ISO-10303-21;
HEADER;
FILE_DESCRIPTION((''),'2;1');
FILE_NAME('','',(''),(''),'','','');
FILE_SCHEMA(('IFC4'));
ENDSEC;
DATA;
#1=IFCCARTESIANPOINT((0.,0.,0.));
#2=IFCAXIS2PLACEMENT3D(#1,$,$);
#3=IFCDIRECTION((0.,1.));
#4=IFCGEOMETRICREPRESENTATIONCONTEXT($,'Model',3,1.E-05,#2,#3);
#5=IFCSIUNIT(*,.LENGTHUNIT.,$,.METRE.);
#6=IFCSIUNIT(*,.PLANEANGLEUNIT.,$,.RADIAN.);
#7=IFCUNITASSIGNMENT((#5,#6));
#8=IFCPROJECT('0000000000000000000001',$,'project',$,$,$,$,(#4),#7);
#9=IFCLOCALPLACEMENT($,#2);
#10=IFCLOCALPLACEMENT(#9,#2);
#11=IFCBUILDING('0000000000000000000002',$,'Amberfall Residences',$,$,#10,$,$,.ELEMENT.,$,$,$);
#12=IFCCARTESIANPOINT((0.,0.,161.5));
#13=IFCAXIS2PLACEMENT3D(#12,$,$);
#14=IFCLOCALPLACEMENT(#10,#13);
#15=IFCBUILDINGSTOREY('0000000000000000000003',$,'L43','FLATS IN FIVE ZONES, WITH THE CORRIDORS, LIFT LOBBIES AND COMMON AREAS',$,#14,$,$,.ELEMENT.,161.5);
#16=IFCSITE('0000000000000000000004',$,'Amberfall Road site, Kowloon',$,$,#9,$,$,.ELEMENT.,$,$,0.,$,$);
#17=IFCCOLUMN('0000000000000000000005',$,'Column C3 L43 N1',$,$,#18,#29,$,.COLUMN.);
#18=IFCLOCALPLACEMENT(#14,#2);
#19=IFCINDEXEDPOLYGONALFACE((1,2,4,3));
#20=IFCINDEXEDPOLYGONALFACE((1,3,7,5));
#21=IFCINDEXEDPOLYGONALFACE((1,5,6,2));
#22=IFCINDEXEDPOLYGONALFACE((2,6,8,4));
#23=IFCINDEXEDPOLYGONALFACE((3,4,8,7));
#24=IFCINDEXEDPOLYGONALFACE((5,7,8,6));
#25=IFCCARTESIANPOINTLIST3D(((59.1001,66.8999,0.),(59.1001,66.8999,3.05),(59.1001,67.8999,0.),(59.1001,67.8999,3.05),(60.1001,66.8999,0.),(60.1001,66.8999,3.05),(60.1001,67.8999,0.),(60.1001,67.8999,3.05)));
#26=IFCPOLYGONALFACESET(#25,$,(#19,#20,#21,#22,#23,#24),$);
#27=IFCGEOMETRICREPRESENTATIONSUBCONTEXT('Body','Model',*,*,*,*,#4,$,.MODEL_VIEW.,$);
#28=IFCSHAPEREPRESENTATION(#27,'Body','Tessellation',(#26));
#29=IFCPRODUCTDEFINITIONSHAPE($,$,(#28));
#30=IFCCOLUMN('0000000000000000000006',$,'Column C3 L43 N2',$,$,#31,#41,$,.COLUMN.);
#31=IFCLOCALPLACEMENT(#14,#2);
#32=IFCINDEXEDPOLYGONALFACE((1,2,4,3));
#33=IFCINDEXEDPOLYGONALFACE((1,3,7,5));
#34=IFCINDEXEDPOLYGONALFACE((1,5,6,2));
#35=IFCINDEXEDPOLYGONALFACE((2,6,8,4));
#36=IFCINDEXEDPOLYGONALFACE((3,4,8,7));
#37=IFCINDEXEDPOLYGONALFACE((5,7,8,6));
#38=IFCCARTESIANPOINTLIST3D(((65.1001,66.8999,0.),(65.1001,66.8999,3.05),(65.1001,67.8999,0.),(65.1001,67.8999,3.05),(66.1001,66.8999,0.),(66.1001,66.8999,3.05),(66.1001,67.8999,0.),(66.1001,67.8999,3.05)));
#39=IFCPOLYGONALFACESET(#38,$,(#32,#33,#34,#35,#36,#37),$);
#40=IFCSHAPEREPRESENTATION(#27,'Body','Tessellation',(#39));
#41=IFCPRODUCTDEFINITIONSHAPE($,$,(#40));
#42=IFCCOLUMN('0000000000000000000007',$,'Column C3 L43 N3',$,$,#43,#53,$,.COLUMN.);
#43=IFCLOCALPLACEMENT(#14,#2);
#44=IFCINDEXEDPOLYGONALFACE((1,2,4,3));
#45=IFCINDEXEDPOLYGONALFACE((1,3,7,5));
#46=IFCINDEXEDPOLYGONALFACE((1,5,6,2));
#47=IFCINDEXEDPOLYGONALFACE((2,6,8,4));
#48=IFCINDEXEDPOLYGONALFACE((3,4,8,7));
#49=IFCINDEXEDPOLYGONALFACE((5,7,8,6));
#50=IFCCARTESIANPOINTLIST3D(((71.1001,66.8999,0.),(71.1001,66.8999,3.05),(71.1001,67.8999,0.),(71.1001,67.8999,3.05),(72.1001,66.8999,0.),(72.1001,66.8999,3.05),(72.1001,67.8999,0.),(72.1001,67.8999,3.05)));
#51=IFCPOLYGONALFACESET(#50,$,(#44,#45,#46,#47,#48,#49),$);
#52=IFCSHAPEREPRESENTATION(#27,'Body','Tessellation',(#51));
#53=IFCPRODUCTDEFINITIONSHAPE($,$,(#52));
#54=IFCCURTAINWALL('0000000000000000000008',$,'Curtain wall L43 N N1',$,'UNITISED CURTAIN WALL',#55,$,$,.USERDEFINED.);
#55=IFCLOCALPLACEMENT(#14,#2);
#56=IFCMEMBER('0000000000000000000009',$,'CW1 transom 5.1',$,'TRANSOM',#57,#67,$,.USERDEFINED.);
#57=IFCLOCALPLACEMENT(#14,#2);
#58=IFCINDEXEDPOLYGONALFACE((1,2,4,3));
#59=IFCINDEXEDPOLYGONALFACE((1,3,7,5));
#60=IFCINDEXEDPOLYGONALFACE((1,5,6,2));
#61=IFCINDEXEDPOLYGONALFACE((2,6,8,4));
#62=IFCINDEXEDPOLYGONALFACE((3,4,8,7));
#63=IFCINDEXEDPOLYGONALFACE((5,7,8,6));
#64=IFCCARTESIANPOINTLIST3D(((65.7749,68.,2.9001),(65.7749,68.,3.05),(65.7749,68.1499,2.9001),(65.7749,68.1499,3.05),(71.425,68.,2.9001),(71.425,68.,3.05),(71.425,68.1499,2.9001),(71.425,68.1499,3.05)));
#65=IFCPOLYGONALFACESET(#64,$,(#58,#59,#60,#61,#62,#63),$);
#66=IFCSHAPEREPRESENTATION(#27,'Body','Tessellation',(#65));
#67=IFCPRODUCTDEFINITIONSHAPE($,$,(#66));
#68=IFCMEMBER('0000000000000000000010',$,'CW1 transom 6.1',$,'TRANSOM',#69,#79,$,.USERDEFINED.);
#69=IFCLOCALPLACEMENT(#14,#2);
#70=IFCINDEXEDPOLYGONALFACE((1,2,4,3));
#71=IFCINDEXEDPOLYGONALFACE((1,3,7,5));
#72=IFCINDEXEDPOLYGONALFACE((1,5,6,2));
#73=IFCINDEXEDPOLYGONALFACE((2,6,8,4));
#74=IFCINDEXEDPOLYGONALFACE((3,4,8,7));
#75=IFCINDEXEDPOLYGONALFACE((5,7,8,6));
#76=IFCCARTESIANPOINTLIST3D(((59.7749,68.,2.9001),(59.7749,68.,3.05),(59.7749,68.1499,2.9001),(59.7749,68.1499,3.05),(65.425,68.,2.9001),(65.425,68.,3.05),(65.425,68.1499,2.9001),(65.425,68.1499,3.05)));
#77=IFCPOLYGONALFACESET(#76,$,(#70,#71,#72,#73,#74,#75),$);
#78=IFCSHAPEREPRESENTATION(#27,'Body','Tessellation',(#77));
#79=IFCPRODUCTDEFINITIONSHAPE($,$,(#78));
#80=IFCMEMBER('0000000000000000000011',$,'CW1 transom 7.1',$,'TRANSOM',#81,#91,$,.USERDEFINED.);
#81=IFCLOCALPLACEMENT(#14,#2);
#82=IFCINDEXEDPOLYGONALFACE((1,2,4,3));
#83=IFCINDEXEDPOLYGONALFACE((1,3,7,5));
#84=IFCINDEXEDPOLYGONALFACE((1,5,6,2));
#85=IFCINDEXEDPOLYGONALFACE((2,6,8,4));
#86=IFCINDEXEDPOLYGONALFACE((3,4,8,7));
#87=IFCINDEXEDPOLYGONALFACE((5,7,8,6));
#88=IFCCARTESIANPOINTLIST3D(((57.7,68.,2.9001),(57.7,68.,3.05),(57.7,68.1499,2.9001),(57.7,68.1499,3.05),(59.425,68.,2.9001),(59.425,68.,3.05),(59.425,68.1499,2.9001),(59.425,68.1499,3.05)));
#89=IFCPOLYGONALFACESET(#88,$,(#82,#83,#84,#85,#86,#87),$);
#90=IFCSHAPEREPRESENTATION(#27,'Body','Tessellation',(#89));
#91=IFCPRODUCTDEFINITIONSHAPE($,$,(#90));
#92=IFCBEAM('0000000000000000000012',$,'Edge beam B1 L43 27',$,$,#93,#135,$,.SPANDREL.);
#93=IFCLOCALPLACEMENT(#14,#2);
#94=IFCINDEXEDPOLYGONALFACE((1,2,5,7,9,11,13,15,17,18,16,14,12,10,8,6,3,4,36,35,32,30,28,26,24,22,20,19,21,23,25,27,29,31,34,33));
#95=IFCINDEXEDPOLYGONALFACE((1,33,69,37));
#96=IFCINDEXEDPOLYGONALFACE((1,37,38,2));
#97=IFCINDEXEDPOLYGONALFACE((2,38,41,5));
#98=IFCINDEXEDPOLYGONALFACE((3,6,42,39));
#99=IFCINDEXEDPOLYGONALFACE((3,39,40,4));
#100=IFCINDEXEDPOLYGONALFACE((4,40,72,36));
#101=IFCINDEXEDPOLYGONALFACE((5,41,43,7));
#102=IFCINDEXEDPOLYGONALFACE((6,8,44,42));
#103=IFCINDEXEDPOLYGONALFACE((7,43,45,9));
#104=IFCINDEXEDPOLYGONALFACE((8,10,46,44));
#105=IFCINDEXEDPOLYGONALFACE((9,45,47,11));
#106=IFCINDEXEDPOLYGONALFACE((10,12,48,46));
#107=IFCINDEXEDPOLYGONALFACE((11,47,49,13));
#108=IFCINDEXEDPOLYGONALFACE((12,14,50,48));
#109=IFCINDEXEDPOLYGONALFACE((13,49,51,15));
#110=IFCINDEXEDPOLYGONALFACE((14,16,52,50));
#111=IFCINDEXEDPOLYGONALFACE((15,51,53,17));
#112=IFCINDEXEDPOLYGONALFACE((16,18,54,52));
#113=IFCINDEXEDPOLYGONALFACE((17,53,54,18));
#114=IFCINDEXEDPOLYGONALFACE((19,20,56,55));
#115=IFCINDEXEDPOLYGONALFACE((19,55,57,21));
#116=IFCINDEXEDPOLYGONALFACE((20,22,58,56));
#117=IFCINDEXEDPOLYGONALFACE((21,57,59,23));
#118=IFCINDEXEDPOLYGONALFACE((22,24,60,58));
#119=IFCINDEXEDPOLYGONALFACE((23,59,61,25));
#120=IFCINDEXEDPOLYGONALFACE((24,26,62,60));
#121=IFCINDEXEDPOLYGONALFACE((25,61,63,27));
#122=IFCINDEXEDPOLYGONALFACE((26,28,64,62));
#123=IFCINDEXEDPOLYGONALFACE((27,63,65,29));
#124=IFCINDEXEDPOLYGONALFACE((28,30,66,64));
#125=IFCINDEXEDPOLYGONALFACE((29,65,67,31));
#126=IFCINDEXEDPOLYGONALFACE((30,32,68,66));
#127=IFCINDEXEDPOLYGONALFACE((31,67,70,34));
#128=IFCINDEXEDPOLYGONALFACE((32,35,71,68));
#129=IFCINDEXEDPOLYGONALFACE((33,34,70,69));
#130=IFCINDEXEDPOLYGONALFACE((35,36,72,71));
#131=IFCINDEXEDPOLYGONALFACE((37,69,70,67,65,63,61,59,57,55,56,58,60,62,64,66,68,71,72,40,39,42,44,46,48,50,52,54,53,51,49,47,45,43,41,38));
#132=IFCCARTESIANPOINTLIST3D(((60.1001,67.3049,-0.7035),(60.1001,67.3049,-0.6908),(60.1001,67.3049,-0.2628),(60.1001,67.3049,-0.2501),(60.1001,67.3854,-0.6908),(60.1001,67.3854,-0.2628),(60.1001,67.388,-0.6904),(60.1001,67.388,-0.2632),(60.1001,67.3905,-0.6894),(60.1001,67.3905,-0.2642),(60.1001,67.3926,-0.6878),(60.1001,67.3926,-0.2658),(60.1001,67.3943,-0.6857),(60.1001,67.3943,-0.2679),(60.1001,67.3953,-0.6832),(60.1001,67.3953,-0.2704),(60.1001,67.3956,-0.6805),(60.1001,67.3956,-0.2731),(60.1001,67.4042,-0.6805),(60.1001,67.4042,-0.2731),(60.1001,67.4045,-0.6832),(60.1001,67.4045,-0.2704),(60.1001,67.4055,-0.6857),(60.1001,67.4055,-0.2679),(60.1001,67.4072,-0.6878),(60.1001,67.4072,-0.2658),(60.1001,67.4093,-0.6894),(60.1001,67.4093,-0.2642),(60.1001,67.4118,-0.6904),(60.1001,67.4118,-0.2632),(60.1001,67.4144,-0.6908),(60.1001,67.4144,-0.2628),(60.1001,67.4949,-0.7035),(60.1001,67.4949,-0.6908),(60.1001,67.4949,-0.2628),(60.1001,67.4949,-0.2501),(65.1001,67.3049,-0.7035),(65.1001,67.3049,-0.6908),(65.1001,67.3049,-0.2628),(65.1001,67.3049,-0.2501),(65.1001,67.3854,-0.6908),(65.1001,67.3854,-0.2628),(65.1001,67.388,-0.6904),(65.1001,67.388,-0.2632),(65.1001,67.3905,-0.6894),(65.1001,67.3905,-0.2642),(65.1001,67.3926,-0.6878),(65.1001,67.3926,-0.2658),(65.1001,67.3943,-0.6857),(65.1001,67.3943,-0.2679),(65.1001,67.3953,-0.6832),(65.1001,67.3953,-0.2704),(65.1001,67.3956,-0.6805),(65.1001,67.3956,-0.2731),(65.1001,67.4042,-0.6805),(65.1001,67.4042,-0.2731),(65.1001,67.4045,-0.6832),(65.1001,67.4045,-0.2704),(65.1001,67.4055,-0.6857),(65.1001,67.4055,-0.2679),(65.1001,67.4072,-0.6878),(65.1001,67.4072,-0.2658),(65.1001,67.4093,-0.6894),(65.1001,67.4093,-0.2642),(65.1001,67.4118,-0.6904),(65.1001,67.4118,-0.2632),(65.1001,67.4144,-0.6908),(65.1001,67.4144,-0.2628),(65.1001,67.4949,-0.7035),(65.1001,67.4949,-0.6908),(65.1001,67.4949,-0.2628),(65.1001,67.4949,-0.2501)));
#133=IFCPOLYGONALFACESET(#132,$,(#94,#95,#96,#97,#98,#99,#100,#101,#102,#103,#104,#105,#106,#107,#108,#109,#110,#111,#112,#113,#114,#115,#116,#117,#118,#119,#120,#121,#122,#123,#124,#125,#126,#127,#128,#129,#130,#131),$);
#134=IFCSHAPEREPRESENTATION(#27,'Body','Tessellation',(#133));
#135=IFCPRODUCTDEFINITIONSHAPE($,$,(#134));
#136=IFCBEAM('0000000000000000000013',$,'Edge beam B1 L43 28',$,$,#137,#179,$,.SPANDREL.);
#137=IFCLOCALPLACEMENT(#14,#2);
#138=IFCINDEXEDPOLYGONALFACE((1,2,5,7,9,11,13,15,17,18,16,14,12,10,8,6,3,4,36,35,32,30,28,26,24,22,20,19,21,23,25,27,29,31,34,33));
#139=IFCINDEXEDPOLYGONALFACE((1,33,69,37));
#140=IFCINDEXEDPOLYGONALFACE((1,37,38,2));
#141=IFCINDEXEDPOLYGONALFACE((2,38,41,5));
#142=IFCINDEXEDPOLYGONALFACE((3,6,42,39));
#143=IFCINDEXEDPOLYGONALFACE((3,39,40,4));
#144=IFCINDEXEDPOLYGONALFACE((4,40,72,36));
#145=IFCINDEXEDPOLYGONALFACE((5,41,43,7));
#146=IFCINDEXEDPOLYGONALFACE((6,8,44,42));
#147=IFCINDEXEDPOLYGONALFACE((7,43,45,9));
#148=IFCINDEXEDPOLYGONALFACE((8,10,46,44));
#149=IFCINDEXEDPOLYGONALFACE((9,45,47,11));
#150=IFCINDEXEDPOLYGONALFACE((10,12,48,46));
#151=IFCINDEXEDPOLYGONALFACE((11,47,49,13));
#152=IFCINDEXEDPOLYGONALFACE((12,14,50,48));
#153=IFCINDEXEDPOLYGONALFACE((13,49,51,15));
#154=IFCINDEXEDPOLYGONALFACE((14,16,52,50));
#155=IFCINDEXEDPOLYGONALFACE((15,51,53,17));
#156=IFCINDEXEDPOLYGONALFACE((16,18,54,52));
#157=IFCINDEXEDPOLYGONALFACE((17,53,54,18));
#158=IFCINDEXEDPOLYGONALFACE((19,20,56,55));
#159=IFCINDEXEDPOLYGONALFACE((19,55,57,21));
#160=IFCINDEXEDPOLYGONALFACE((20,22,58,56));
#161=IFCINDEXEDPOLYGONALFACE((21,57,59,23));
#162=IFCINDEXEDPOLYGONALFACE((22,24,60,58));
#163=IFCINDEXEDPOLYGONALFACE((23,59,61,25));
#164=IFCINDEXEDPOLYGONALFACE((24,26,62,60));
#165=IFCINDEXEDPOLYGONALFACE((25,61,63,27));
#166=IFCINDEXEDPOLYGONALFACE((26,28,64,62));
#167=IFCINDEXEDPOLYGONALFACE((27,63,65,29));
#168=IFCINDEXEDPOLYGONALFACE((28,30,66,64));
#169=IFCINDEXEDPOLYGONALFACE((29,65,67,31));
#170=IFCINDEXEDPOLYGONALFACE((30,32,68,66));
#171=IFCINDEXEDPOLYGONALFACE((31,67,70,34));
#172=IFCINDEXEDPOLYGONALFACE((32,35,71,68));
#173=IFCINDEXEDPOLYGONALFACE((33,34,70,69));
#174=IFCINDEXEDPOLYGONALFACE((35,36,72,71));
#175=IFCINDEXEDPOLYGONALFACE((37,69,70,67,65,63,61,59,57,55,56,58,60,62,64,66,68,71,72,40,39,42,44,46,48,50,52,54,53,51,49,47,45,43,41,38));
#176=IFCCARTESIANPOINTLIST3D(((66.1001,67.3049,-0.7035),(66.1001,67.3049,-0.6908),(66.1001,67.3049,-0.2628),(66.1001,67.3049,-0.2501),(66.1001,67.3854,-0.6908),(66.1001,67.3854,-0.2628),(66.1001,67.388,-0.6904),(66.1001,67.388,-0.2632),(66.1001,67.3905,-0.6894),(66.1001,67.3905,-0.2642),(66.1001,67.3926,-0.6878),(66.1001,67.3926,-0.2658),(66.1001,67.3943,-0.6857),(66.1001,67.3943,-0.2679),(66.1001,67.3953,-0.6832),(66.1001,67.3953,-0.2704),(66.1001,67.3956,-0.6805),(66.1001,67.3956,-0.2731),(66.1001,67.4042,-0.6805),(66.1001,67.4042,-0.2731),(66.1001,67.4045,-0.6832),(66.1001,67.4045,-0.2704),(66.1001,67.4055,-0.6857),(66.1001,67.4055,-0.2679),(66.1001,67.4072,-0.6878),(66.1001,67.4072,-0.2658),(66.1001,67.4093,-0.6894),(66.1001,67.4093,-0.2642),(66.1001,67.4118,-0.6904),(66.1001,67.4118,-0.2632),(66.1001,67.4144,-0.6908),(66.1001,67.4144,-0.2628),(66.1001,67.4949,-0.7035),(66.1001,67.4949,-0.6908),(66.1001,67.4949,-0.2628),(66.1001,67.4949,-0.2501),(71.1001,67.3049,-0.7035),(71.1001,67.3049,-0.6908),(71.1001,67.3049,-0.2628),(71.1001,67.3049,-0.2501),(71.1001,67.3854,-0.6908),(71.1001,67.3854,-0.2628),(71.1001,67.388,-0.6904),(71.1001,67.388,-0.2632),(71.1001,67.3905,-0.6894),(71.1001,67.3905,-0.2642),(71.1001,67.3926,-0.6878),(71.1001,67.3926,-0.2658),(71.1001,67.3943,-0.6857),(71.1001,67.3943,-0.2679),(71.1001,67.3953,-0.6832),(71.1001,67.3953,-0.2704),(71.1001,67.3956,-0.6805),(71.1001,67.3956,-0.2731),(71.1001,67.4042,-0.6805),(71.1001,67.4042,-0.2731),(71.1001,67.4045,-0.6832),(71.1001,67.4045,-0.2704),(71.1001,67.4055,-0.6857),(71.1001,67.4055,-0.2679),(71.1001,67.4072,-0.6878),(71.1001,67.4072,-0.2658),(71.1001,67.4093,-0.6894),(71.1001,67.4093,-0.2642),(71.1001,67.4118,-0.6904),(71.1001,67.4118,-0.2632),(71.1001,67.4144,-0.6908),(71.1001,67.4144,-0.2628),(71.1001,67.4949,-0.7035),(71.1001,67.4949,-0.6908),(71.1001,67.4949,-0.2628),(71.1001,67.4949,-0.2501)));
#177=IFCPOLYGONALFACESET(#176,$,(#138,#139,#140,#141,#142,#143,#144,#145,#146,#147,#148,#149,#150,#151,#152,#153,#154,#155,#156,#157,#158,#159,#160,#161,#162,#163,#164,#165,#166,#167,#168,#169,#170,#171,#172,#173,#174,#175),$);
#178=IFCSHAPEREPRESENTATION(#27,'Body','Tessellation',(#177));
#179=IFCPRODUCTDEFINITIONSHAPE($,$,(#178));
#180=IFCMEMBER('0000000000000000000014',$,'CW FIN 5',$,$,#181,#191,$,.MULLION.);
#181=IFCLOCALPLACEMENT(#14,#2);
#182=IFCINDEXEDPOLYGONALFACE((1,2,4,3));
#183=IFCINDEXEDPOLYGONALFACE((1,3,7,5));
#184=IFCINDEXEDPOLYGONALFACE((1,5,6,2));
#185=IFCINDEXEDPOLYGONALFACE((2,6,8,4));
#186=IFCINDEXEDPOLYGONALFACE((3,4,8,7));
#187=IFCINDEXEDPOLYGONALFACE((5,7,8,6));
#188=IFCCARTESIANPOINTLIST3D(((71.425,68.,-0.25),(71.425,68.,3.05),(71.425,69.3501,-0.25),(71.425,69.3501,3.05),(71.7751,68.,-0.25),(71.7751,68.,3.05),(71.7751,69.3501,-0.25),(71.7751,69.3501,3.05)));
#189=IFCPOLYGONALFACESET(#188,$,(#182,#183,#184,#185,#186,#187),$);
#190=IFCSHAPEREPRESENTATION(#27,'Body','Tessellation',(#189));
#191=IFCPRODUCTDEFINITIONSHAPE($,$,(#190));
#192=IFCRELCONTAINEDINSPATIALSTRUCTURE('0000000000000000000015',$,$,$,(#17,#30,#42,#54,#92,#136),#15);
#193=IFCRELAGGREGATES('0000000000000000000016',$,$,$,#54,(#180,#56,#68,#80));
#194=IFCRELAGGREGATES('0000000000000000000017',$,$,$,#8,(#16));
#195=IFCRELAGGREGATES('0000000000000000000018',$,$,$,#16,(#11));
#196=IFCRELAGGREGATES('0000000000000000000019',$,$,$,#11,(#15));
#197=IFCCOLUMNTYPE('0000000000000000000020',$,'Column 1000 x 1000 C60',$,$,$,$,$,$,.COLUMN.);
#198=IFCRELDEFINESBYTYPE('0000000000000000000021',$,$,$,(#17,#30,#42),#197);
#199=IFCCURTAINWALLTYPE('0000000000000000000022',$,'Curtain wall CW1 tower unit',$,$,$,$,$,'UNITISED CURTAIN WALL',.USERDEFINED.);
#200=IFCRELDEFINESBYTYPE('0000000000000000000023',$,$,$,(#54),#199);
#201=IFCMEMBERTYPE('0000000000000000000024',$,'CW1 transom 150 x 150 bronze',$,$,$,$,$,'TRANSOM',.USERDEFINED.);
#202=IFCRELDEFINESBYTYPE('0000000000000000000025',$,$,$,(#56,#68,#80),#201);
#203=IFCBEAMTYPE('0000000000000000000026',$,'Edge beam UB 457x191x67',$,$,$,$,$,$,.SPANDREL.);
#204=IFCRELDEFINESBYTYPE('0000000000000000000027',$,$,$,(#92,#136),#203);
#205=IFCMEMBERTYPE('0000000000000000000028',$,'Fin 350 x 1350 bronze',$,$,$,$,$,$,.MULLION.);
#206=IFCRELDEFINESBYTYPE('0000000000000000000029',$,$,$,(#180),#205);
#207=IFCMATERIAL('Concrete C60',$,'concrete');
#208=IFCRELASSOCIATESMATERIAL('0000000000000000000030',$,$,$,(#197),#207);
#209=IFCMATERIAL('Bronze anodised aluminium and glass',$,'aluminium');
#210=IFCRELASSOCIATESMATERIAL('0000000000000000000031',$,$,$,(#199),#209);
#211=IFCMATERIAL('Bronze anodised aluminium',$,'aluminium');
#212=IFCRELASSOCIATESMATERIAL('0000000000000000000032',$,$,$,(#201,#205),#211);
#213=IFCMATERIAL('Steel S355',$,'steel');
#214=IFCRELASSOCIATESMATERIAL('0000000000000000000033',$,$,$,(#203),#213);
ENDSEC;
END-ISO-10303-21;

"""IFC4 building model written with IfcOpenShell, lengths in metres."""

from ifc_helpers import new_model, si_unit, direction, frame, origin, origin_2d, place, context, subcontext, project, spatial, rectangle, i_section, extrude, material, material_profile, profile_set, type_object, element, aggregate, save


model = new_model("IFC4")

# Units and contexts
model_context = context("Model", 3, precision=1e-05, world=origin(), true_north=direction((0.0, 1.0)))
body_context = subcontext(model_context, "Body", "Model", "MODEL_VIEW")
ifc_project = project(units=[si_unit("LENGTHUNIT", "METRE"), si_unit("PLANEANGLEUNIT", "RADIAN")], contexts=[model_context])

# Site, building, storey
site_placement = place(None, origin())
site = spatial("IfcSite", under=ifc_project, at=site_placement, Name="Amberfall Road site, Kowloon", CompositionType="ELEMENT", RefElevation=0.0)
building_placement = place(site_placement, origin())
building = spatial("IfcBuilding", under=site, at=building_placement, Name="Amberfall Residences", CompositionType="ELEMENT")
storey_placement = place(building_placement, frame((0.0, 0.0, 161.5)))
storey = spatial("IfcBuildingStorey", under=building, at=storey_placement, Name="L43", Description="FLATS IN FIVE ZONES, WITH THE CORRIDORS, LIFT LOBBIES AND COMMON AREAS", CompositionType="ELEMENT", Elevation=161.5)

# Columns
ifc_material_1 = material(Name="Concrete C60", Category="concrete")
ifc_material_profile_1 = material_profile(ifc_material_1, rectangle(XDim=1.0, YDim=1.0, at=origin_2d()), Name="Column 1000 x 1000 C60")
ifc_profile_set_1 = profile_set([ifc_material_profile_1], Name="Concrete C60")
column_type = type_object("IfcColumnType", Name="Column 1000 x 1000 C60", PredefinedType="COLUMN", material=ifc_profile_set_1)
for number, where, z_axis, x_axis, name in (
    (1, (59.6001, 67.3999, 0.0), (0.0, 0.0, 1.0), (1.0, 0.0, 0.0), "Column C3 L43 N1"),
    (2, (65.6001, 67.3999, 0.0), (0.0, 0.0, 1.0), (1.0, 0.0, 0.0), "Column C3 L43 N2"),
    (3, (71.6001, 67.3999, 0.0), (0.0, 0.0, 1.0), (1.0, 0.0, 0.0), "Column C3 L43 N3"),
):
    element("IfcColumn", number, at=place(storey_placement, frame(where, z_axis=z_axis, x_axis=x_axis)), inside=storey, type_object=column_type, Name=name, PredefinedType="COLUMN", context=body_context, shape_type="SweptSolid", body=[
        extrude(rectangle(XDim=1.0, YDim=1.0, at=origin_2d()), origin(), (0.0, 0.0, 1.0), 3.05),
    ])

# Curtain wall, members
ifc_material_2 = material(Name="Bronze anodised aluminium and glass", Category="aluminium")
curtain_wall_type = type_object("IfcCurtainWallType", Name="Curtain wall CW1 tower unit", ElementType="UNITISED CURTAIN WALL", PredefinedType="USERDEFINED", material=ifc_material_2)
curtain_wall_placement = place(storey_placement, origin())
curtain_wall = element("IfcCurtainWall", 4, at=curtain_wall_placement, inside=storey, type_object=curtain_wall_type, Name="Curtain wall L43 N N1", ObjectType="UNITISED CURTAIN WALL", PredefinedType="USERDEFINED")
ifc_material_3 = material(Name="Bronze anodised aluminium", Category="aluminium")
ifc_material_profile_2 = material_profile(ifc_material_3, rectangle(XDim=0.1499, YDim=0.1499, at=origin_2d()), Name="CW1 transom 150 x 150 bronze")
ifc_profile_set_2 = profile_set([ifc_material_profile_2], Name="Bronze anodised aluminium")
member_type_1 = type_object("IfcMemberType", Name="CW1 transom 150 x 150 bronze", ElementType="TRANSOM", PredefinedType="USERDEFINED", material=ifc_profile_set_2)
member_1_placement = place(storey_placement, frame((71.425, 68.075, 2.9751), z_axis=(-1.0, 0.0, 0.0), x_axis=(0.0, -1.0, 0.0)))
member_1 = element("IfcMember", 5, at=member_1_placement, type_object=member_type_1, Name="CW1 transom 5.1", ObjectType="TRANSOM", PredefinedType="USERDEFINED", context=body_context, shape_type="SweptSolid", body=[
    extrude(rectangle(XDim=0.1499, YDim=0.1499, at=origin_2d()), origin(), (0.0, 0.0, 1.0), 5.6501),
])
member_2_placement = place(storey_placement, frame((65.425, 68.075, 2.9751), z_axis=(-1.0, 0.0, 0.0), x_axis=(0.0, -1.0, 0.0)))
member_2 = element("IfcMember", 6, at=member_2_placement, type_object=member_type_1, Name="CW1 transom 6.1", ObjectType="TRANSOM", PredefinedType="USERDEFINED", context=body_context, shape_type="SweptSolid", body=[
    extrude(rectangle(XDim=0.1499, YDim=0.1499, at=origin_2d()), origin(), (0.0, 0.0, 1.0), 5.6501),
])
member_3_placement = place(storey_placement, frame((59.425, 68.075, 2.9751), z_axis=(-1.0, 0.0, 0.0), x_axis=(0.0, -1.0, 0.0)))
member_3 = element("IfcMember", 7, at=member_3_placement, type_object=member_type_1, Name="CW1 transom 7.1", ObjectType="TRANSOM", PredefinedType="USERDEFINED", context=body_context, shape_type="SweptSolid", body=[
    extrude(rectangle(XDim=0.1499, YDim=0.1499, at=origin_2d()), origin(), (0.0, 0.0, 1.0), 1.7251),
])

# Beams
ifc_material_4 = material(Name="Steel S355", Category="steel")
ifc_material_profile_3 = material_profile(ifc_material_4, i_section(OverallWidth=0.1899, OverallDepth=0.4534, WebThickness=0.0085, FlangeThickness=0.0127, FilletRadius=0.0103, at=origin_2d()), Name="UB 457x191x67")
ifc_profile_set_3 = profile_set([ifc_material_profile_3], Name="Steel S355")
beam_type_1 = type_object("IfcBeamType", Name="Edge beam UB 457x191x67", PredefinedType="SPANDREL", material=ifc_profile_set_3)
for number, where, z_axis, x_axis, name in (
    (8, (60.1001, 67.3999, -0.4768), (1.0, 0.0, 0.0), (0.0, 1.0, 0.0), "Edge beam B1 L43 27"),
    (9, (66.1001, 67.3999, -0.4768), (1.0, 0.0, 0.0), (0.0, 1.0, 0.0), "Edge beam B1 L43 28"),
):
    element("IfcBeam", number, at=place(storey_placement, frame(where, z_axis=z_axis, x_axis=x_axis)), inside=storey, type_object=beam_type_1, Name=name, PredefinedType="SPANDREL", context=body_context, shape_type="SweptSolid", body=[
        extrude(i_section(OverallWidth=0.1899, OverallDepth=0.4534, WebThickness=0.0085, FlangeThickness=0.0127, FilletRadius=0.0103, at=origin_2d()), origin(), (0.0, 0.0, 1.0), 5.0),
    ])

# Member
ifc_material_profile_4 = material_profile(ifc_material_3, rectangle(XDim=1.3501, YDim=0.3501, at=origin_2d()), Name="Fin 350 x 1350 bronze")
ifc_profile_set_4 = profile_set([ifc_material_profile_4], Name="Bronze anodised aluminium")
member_type_2 = type_object("IfcMemberType", Name="Fin 350 x 1350 bronze", PredefinedType="MULLION", material=ifc_profile_set_4)
member_4_placement = place(storey_placement, frame((71.6001, 68.675, -0.25), z_axis=(0.0, 0.0, 1.0), x_axis=(0.0, -1.0, 0.0)))
member_4 = element("IfcMember", 10, at=member_4_placement, type_object=member_type_2, Name="CW FIN 5", PredefinedType="MULLION", context=body_context, shape_type="SweptSolid", body=[
    extrude(rectangle(XDim=1.3501, YDim=0.3501, at=origin_2d()), origin(), (0.0, 0.0, 1.0), 3.3),
])

aggregate(curtain_wall, [member_4, member_1, member_2, member_3])

save(model, "model.ifc")
